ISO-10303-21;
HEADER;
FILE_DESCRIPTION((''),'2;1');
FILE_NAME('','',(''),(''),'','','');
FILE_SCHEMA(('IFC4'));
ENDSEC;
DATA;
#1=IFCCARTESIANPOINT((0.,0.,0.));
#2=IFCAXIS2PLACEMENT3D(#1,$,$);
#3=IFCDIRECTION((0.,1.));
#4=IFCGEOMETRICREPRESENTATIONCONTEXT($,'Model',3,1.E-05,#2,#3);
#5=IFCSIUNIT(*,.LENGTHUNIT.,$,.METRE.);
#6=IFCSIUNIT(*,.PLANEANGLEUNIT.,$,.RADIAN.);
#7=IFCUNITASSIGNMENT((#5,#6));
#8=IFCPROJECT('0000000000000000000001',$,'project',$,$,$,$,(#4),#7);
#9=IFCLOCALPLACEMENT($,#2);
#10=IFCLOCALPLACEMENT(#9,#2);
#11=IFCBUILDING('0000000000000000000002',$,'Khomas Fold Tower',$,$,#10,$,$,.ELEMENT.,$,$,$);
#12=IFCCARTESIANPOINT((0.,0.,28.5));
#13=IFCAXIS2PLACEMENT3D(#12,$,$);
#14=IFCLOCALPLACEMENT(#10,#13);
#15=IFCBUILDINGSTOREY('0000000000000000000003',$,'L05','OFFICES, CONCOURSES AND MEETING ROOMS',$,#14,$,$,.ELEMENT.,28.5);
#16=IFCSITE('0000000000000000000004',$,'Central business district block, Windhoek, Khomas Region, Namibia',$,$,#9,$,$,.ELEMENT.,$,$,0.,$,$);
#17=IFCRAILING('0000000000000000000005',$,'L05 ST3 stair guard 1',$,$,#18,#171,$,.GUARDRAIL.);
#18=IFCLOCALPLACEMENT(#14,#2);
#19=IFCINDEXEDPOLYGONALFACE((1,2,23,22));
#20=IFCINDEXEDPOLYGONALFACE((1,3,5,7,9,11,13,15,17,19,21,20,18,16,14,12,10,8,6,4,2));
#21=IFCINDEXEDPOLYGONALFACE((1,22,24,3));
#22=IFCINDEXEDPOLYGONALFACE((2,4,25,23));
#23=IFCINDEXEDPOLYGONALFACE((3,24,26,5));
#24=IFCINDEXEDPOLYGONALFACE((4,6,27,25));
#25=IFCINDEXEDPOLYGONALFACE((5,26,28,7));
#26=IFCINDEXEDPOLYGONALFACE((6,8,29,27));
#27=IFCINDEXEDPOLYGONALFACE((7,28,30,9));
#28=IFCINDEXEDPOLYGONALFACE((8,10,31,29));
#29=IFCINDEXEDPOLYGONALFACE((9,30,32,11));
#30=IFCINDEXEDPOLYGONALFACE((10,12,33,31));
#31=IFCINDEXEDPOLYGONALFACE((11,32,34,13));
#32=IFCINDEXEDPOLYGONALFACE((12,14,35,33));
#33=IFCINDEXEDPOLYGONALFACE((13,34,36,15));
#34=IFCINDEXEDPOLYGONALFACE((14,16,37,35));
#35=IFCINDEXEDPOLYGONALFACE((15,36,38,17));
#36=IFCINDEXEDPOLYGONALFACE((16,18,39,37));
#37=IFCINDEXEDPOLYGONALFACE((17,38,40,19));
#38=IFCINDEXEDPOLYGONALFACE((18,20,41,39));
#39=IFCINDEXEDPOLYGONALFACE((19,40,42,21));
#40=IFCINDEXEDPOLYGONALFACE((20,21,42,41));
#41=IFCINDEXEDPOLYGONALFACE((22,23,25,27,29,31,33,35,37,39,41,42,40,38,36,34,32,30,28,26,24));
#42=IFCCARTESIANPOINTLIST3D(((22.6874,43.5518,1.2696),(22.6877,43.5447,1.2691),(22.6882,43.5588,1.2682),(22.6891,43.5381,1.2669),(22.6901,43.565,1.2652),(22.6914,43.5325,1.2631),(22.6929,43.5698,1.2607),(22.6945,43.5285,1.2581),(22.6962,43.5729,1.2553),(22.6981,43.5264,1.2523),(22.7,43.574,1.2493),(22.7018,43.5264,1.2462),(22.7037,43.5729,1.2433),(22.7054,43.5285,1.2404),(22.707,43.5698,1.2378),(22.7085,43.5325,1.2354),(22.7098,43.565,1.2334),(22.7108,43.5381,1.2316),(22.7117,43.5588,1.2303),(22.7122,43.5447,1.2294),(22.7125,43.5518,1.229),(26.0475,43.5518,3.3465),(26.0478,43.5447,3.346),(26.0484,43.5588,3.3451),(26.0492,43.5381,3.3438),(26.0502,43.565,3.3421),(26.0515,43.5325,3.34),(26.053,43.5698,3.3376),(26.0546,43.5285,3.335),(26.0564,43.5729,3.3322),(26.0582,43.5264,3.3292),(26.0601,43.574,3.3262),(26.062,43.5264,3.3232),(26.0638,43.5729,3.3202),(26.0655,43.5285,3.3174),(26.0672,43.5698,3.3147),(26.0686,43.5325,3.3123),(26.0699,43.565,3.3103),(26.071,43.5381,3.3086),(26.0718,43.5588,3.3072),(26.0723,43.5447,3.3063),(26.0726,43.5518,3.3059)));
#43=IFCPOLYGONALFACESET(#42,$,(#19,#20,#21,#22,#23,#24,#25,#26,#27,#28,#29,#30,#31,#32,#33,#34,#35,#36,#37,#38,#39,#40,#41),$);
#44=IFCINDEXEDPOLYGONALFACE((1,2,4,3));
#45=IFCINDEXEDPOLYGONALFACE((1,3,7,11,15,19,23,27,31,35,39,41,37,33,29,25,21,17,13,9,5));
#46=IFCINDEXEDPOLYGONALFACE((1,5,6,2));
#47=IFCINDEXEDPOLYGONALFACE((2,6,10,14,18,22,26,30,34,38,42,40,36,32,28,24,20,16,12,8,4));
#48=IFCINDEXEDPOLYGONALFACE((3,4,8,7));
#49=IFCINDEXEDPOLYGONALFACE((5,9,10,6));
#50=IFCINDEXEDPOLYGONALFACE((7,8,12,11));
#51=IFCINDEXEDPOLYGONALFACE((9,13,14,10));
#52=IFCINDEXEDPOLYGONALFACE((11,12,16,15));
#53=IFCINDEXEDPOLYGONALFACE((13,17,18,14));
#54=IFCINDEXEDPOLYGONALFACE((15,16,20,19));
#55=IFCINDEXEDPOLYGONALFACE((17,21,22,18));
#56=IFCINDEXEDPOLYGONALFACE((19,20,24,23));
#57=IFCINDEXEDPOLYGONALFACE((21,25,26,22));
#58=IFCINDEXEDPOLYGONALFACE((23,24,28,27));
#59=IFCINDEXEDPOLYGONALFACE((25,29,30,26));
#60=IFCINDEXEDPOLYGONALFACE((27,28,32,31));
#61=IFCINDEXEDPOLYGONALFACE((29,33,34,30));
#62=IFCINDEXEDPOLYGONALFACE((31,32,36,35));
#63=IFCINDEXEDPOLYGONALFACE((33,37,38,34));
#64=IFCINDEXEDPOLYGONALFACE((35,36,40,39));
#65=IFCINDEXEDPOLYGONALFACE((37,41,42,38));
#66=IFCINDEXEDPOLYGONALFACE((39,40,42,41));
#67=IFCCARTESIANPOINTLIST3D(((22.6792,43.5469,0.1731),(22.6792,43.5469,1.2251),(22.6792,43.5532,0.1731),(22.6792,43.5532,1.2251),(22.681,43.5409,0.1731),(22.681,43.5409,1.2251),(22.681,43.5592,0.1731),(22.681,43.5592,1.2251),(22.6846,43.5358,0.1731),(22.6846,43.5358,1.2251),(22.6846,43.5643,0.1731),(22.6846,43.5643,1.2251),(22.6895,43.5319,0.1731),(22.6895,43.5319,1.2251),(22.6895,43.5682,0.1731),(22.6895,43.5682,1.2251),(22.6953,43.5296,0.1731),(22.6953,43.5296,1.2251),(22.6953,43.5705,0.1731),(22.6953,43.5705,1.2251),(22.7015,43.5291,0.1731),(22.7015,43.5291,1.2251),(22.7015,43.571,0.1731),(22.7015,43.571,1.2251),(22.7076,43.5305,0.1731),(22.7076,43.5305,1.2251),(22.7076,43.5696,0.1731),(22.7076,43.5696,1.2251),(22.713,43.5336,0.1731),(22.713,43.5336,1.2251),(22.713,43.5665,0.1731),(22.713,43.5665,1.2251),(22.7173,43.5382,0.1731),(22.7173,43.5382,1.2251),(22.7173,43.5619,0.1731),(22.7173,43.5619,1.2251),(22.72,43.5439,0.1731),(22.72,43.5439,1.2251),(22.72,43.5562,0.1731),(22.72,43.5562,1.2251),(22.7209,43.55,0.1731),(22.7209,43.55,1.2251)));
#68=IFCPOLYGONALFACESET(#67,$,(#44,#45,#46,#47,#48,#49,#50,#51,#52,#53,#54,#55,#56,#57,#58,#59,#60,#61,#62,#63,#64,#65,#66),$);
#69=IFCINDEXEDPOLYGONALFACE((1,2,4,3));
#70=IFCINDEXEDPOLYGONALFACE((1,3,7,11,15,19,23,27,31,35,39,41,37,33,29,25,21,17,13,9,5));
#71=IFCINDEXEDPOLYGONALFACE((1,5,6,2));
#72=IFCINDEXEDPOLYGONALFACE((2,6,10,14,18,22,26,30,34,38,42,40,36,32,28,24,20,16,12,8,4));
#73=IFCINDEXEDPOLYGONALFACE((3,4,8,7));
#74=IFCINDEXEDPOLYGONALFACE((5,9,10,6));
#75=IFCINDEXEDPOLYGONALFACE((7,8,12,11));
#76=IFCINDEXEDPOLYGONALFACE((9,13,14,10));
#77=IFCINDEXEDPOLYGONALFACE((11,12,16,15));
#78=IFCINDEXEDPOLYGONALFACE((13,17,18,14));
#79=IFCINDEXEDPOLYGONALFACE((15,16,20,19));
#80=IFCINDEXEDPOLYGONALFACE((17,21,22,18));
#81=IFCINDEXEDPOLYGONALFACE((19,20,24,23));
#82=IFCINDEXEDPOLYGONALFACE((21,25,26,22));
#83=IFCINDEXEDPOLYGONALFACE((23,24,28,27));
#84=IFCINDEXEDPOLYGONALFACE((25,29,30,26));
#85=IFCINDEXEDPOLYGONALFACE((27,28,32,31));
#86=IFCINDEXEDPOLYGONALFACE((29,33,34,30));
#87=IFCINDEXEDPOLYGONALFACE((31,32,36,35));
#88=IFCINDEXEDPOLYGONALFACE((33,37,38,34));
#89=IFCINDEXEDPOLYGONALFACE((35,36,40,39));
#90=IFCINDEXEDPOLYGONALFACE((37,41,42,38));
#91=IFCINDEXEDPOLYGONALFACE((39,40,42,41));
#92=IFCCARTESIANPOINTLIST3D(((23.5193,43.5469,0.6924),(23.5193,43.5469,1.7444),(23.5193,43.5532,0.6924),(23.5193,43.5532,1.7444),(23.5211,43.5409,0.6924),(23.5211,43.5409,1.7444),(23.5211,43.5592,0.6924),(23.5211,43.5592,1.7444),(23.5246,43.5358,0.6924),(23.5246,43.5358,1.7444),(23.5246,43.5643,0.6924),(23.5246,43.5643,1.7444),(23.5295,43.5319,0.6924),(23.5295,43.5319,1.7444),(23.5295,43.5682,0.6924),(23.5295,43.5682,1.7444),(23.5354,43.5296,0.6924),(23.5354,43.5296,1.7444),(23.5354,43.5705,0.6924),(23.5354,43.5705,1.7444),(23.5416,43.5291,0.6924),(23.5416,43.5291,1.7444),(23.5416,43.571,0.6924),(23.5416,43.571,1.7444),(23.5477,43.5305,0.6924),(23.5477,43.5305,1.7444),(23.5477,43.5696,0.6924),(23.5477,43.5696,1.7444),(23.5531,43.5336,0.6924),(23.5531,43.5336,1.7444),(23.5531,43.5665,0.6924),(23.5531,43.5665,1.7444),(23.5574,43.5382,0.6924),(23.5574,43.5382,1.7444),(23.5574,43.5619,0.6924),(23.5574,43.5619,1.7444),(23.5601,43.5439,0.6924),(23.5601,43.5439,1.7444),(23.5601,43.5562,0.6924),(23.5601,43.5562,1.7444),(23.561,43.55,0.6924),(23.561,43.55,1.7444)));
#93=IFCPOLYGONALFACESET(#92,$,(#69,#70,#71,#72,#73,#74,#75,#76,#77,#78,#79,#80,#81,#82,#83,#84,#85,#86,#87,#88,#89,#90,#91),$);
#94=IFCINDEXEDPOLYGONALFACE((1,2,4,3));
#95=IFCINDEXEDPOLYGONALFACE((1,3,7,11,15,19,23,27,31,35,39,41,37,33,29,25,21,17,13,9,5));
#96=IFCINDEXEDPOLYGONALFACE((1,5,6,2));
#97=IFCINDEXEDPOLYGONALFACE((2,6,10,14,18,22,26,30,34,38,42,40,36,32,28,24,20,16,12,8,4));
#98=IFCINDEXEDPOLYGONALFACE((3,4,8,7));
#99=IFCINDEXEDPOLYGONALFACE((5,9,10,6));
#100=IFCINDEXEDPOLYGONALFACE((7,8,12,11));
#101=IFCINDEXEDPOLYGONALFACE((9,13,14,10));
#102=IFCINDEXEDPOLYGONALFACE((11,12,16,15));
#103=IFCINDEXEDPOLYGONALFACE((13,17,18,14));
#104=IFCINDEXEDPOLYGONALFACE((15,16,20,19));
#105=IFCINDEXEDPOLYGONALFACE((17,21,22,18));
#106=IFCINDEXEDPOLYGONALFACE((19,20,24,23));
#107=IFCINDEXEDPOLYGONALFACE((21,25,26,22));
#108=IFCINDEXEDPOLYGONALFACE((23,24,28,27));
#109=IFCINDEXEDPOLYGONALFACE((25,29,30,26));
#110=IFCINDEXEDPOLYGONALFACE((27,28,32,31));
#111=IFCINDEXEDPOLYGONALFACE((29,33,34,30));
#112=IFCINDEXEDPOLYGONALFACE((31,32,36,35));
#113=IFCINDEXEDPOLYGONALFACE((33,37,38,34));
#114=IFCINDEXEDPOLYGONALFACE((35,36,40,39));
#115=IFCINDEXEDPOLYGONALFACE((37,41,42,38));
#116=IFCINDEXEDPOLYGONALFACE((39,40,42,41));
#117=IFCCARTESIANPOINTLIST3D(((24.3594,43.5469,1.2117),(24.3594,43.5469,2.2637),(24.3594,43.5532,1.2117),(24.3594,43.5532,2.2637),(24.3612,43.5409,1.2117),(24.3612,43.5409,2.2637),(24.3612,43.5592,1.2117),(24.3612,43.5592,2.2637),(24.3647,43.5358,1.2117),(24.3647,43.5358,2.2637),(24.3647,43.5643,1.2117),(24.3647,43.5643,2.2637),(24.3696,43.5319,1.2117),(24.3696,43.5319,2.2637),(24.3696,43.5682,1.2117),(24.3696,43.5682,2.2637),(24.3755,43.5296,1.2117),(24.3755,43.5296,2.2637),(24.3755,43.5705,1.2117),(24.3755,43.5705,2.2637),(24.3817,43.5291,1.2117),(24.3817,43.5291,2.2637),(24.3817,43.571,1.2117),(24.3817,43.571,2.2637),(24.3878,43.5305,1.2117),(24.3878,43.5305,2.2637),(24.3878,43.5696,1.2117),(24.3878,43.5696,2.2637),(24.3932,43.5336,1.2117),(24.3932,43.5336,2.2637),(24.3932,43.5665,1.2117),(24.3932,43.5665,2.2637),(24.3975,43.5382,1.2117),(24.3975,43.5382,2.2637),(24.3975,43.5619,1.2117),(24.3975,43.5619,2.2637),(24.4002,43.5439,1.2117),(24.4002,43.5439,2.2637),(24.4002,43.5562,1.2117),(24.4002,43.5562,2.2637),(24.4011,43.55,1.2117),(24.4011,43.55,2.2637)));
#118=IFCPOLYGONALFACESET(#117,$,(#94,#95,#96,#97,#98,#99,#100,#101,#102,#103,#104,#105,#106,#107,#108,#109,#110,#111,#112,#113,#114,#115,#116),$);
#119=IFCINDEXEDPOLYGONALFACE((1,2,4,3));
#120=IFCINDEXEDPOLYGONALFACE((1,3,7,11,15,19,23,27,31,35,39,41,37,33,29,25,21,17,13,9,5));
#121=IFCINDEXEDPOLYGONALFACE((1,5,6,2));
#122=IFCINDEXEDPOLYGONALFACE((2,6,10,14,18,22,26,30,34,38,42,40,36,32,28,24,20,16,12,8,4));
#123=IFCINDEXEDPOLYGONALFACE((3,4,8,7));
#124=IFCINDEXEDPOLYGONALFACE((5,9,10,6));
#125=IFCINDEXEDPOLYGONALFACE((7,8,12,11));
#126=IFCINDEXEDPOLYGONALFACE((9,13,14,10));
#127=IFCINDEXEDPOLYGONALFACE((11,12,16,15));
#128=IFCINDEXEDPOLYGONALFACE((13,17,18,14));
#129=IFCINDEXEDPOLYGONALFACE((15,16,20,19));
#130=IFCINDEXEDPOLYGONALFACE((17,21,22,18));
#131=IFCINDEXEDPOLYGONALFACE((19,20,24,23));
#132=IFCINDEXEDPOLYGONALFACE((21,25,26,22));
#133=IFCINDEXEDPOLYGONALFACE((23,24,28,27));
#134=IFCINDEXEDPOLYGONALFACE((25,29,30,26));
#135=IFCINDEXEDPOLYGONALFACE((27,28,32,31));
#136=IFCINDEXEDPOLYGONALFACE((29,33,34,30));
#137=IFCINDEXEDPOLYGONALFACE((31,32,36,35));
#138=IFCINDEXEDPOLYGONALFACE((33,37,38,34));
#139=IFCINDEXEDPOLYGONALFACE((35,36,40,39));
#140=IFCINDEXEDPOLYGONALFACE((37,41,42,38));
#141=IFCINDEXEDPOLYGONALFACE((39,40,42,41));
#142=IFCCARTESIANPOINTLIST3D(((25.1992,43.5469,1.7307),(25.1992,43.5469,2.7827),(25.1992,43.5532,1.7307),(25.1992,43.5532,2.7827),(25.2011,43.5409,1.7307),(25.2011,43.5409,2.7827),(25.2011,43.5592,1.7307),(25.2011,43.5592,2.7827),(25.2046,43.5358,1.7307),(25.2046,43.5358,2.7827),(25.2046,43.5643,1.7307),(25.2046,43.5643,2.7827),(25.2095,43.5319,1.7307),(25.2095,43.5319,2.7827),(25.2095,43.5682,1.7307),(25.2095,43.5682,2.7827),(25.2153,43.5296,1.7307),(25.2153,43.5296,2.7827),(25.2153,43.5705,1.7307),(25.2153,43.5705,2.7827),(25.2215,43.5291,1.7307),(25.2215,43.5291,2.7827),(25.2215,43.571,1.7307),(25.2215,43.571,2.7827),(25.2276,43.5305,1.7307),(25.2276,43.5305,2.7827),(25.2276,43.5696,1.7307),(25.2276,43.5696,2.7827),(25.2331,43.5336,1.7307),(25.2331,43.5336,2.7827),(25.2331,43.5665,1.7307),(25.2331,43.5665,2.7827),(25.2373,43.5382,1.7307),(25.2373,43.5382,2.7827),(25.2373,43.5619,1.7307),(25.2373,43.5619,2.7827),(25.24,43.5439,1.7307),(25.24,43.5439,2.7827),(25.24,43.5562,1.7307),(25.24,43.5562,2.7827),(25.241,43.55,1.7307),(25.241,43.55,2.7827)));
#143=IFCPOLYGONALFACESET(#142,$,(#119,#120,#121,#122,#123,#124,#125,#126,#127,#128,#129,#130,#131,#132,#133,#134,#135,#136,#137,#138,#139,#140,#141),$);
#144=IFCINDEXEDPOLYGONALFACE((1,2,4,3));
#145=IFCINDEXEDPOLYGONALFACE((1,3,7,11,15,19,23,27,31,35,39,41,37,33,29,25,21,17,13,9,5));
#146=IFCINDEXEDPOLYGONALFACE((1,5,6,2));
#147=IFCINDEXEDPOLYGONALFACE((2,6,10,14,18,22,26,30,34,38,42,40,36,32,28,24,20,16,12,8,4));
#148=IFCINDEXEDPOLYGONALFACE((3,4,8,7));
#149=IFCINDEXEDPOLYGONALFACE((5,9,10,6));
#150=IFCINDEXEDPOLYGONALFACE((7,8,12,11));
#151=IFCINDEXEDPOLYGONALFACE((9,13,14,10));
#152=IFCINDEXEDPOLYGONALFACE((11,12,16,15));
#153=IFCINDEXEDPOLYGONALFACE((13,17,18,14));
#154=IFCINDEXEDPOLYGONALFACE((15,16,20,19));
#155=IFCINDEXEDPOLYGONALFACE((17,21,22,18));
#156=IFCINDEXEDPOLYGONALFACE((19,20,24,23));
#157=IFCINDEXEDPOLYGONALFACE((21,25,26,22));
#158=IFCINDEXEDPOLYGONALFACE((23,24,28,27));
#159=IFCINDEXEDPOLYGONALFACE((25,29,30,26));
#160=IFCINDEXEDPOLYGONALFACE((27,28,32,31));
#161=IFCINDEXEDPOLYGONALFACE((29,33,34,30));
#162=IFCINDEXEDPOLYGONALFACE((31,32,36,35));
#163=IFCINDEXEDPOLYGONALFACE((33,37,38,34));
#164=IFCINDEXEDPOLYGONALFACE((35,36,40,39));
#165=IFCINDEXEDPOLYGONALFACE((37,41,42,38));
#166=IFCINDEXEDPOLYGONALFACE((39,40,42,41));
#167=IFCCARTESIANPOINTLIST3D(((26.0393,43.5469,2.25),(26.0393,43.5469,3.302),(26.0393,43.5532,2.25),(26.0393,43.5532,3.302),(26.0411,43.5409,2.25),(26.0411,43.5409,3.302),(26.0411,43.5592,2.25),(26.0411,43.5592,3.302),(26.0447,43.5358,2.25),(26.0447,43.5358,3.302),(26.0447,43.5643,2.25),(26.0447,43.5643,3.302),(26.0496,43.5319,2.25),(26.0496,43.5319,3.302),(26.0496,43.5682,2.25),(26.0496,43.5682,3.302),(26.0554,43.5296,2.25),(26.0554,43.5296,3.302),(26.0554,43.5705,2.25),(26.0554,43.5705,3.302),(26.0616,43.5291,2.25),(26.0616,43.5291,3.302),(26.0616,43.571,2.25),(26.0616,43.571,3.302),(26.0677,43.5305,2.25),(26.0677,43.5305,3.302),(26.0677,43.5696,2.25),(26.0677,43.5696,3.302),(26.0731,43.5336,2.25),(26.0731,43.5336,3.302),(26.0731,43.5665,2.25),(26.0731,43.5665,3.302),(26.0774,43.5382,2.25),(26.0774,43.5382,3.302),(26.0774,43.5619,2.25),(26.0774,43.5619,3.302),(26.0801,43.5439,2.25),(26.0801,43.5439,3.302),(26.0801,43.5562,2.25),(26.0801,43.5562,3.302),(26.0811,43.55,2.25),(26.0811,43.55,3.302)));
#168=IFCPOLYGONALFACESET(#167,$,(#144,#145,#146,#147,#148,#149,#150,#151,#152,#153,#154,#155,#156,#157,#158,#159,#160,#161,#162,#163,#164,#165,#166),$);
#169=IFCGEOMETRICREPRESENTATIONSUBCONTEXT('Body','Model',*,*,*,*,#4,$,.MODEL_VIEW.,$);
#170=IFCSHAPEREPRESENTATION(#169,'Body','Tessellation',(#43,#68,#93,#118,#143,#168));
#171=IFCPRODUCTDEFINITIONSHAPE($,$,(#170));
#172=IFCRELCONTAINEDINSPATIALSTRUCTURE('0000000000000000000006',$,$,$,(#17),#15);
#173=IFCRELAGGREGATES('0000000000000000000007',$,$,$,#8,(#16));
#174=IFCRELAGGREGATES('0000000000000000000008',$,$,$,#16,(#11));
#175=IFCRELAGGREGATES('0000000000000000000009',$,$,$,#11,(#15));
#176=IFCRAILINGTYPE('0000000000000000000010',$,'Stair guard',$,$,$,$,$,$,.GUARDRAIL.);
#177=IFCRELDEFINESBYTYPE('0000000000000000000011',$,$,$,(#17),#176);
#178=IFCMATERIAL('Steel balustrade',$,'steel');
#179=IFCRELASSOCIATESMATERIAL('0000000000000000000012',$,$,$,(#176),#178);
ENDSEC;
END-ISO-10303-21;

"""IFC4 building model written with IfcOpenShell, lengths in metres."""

from ifc_helpers import new_model, si_unit, direction, frame, origin, origin_2d, place, context, subcontext, project, spatial, circle, extrude, source, transform, mapped, material, type_object, element, save


model = new_model("IFC4")

# Units and contexts
model_context = context("Model", 3, precision=1e-05, world=origin(), true_north=direction((0.0, 1.0)))
body_context = subcontext(model_context, "Body", "Model", "MODEL_VIEW")
ifc_project = project(units=[si_unit("LENGTHUNIT", "METRE"), si_unit("PLANEANGLEUNIT", "RADIAN")], contexts=[model_context])

# Site, building, storey
site_placement = place(None, origin())
site = spatial("IfcSite", under=ifc_project, at=site_placement, Name="Central business district block, Windhoek, Khomas Region, Namibia", CompositionType="ELEMENT", RefElevation=0.0)
building_placement = place(site_placement, origin())
building = spatial("IfcBuilding", under=site, at=building_placement, Name="Khomas Fold Tower", CompositionType="ELEMENT")
storey_placement = place(building_placement, frame((0.0, 0.0, 28.5)))
storey = spatial("IfcBuildingStorey", under=building, at=storey_placement, Name="L05", Description="OFFICES, CONCOURSES AND MEETING ROOMS", CompositionType="ELEMENT", Elevation=28.5)

# Railing
ifc_material_1 = material(Name="Steel balustrade", Category="steel")
railing_type_1 = type_object("IfcRailingType", Name="Stair guard", PredefinedType="GUARDRAIL", material=ifc_material_1)
shared_shape_1 = source(origin(), body_context, "Body", "SweptSolid", [
    extrude(circle(Radius=0.0239, at=origin_2d()), frame((0.0, 0.0, 1.0762), z_axis=(0.850623, 0.0, 0.525776), x_axis=(0.0, 1.0, 0.0)), (0.0, 0.0, 1.0), 3.9502),
    extrude(circle(Radius=0.021, at=origin_2d()), origin(), (0.0, 0.0, 1.0), 1.052),
    extrude(circle(Radius=0.021, at=origin_2d()), frame((0.8401, 0.0, 0.5193)), (0.0, 0.0, 1.0), 1.052),
    extrude(circle(Radius=0.021, at=origin_2d()), frame((1.6802, 0.0, 1.0386)), (0.0, 0.0, 1.0), 1.052),
    extrude(circle(Radius=0.021, at=origin_2d()), frame((2.52, 0.0, 1.5576)), (0.0, 0.0, 1.0), 1.052),
    extrude(circle(Radius=0.021, at=origin_2d()), frame((3.3601, 0.0, 2.0769)), (0.0, 0.0, 1.0), 1.052),
])
railing_1_placement = place(storey_placement, frame((22.7, 43.55, 0.1731)))
element("IfcRailing", 1, at=railing_1_placement, inside=storey, type_object=railing_type_1, Name="L05 ST3 stair guard 1", PredefinedType="GUARDRAIL", context=body_context, shape_type="MappedRepresentation", body=[
    mapped(shared_shape_1, transform((0.0, 0.0, 0.0))),
])

save(model, "model.ifc")
